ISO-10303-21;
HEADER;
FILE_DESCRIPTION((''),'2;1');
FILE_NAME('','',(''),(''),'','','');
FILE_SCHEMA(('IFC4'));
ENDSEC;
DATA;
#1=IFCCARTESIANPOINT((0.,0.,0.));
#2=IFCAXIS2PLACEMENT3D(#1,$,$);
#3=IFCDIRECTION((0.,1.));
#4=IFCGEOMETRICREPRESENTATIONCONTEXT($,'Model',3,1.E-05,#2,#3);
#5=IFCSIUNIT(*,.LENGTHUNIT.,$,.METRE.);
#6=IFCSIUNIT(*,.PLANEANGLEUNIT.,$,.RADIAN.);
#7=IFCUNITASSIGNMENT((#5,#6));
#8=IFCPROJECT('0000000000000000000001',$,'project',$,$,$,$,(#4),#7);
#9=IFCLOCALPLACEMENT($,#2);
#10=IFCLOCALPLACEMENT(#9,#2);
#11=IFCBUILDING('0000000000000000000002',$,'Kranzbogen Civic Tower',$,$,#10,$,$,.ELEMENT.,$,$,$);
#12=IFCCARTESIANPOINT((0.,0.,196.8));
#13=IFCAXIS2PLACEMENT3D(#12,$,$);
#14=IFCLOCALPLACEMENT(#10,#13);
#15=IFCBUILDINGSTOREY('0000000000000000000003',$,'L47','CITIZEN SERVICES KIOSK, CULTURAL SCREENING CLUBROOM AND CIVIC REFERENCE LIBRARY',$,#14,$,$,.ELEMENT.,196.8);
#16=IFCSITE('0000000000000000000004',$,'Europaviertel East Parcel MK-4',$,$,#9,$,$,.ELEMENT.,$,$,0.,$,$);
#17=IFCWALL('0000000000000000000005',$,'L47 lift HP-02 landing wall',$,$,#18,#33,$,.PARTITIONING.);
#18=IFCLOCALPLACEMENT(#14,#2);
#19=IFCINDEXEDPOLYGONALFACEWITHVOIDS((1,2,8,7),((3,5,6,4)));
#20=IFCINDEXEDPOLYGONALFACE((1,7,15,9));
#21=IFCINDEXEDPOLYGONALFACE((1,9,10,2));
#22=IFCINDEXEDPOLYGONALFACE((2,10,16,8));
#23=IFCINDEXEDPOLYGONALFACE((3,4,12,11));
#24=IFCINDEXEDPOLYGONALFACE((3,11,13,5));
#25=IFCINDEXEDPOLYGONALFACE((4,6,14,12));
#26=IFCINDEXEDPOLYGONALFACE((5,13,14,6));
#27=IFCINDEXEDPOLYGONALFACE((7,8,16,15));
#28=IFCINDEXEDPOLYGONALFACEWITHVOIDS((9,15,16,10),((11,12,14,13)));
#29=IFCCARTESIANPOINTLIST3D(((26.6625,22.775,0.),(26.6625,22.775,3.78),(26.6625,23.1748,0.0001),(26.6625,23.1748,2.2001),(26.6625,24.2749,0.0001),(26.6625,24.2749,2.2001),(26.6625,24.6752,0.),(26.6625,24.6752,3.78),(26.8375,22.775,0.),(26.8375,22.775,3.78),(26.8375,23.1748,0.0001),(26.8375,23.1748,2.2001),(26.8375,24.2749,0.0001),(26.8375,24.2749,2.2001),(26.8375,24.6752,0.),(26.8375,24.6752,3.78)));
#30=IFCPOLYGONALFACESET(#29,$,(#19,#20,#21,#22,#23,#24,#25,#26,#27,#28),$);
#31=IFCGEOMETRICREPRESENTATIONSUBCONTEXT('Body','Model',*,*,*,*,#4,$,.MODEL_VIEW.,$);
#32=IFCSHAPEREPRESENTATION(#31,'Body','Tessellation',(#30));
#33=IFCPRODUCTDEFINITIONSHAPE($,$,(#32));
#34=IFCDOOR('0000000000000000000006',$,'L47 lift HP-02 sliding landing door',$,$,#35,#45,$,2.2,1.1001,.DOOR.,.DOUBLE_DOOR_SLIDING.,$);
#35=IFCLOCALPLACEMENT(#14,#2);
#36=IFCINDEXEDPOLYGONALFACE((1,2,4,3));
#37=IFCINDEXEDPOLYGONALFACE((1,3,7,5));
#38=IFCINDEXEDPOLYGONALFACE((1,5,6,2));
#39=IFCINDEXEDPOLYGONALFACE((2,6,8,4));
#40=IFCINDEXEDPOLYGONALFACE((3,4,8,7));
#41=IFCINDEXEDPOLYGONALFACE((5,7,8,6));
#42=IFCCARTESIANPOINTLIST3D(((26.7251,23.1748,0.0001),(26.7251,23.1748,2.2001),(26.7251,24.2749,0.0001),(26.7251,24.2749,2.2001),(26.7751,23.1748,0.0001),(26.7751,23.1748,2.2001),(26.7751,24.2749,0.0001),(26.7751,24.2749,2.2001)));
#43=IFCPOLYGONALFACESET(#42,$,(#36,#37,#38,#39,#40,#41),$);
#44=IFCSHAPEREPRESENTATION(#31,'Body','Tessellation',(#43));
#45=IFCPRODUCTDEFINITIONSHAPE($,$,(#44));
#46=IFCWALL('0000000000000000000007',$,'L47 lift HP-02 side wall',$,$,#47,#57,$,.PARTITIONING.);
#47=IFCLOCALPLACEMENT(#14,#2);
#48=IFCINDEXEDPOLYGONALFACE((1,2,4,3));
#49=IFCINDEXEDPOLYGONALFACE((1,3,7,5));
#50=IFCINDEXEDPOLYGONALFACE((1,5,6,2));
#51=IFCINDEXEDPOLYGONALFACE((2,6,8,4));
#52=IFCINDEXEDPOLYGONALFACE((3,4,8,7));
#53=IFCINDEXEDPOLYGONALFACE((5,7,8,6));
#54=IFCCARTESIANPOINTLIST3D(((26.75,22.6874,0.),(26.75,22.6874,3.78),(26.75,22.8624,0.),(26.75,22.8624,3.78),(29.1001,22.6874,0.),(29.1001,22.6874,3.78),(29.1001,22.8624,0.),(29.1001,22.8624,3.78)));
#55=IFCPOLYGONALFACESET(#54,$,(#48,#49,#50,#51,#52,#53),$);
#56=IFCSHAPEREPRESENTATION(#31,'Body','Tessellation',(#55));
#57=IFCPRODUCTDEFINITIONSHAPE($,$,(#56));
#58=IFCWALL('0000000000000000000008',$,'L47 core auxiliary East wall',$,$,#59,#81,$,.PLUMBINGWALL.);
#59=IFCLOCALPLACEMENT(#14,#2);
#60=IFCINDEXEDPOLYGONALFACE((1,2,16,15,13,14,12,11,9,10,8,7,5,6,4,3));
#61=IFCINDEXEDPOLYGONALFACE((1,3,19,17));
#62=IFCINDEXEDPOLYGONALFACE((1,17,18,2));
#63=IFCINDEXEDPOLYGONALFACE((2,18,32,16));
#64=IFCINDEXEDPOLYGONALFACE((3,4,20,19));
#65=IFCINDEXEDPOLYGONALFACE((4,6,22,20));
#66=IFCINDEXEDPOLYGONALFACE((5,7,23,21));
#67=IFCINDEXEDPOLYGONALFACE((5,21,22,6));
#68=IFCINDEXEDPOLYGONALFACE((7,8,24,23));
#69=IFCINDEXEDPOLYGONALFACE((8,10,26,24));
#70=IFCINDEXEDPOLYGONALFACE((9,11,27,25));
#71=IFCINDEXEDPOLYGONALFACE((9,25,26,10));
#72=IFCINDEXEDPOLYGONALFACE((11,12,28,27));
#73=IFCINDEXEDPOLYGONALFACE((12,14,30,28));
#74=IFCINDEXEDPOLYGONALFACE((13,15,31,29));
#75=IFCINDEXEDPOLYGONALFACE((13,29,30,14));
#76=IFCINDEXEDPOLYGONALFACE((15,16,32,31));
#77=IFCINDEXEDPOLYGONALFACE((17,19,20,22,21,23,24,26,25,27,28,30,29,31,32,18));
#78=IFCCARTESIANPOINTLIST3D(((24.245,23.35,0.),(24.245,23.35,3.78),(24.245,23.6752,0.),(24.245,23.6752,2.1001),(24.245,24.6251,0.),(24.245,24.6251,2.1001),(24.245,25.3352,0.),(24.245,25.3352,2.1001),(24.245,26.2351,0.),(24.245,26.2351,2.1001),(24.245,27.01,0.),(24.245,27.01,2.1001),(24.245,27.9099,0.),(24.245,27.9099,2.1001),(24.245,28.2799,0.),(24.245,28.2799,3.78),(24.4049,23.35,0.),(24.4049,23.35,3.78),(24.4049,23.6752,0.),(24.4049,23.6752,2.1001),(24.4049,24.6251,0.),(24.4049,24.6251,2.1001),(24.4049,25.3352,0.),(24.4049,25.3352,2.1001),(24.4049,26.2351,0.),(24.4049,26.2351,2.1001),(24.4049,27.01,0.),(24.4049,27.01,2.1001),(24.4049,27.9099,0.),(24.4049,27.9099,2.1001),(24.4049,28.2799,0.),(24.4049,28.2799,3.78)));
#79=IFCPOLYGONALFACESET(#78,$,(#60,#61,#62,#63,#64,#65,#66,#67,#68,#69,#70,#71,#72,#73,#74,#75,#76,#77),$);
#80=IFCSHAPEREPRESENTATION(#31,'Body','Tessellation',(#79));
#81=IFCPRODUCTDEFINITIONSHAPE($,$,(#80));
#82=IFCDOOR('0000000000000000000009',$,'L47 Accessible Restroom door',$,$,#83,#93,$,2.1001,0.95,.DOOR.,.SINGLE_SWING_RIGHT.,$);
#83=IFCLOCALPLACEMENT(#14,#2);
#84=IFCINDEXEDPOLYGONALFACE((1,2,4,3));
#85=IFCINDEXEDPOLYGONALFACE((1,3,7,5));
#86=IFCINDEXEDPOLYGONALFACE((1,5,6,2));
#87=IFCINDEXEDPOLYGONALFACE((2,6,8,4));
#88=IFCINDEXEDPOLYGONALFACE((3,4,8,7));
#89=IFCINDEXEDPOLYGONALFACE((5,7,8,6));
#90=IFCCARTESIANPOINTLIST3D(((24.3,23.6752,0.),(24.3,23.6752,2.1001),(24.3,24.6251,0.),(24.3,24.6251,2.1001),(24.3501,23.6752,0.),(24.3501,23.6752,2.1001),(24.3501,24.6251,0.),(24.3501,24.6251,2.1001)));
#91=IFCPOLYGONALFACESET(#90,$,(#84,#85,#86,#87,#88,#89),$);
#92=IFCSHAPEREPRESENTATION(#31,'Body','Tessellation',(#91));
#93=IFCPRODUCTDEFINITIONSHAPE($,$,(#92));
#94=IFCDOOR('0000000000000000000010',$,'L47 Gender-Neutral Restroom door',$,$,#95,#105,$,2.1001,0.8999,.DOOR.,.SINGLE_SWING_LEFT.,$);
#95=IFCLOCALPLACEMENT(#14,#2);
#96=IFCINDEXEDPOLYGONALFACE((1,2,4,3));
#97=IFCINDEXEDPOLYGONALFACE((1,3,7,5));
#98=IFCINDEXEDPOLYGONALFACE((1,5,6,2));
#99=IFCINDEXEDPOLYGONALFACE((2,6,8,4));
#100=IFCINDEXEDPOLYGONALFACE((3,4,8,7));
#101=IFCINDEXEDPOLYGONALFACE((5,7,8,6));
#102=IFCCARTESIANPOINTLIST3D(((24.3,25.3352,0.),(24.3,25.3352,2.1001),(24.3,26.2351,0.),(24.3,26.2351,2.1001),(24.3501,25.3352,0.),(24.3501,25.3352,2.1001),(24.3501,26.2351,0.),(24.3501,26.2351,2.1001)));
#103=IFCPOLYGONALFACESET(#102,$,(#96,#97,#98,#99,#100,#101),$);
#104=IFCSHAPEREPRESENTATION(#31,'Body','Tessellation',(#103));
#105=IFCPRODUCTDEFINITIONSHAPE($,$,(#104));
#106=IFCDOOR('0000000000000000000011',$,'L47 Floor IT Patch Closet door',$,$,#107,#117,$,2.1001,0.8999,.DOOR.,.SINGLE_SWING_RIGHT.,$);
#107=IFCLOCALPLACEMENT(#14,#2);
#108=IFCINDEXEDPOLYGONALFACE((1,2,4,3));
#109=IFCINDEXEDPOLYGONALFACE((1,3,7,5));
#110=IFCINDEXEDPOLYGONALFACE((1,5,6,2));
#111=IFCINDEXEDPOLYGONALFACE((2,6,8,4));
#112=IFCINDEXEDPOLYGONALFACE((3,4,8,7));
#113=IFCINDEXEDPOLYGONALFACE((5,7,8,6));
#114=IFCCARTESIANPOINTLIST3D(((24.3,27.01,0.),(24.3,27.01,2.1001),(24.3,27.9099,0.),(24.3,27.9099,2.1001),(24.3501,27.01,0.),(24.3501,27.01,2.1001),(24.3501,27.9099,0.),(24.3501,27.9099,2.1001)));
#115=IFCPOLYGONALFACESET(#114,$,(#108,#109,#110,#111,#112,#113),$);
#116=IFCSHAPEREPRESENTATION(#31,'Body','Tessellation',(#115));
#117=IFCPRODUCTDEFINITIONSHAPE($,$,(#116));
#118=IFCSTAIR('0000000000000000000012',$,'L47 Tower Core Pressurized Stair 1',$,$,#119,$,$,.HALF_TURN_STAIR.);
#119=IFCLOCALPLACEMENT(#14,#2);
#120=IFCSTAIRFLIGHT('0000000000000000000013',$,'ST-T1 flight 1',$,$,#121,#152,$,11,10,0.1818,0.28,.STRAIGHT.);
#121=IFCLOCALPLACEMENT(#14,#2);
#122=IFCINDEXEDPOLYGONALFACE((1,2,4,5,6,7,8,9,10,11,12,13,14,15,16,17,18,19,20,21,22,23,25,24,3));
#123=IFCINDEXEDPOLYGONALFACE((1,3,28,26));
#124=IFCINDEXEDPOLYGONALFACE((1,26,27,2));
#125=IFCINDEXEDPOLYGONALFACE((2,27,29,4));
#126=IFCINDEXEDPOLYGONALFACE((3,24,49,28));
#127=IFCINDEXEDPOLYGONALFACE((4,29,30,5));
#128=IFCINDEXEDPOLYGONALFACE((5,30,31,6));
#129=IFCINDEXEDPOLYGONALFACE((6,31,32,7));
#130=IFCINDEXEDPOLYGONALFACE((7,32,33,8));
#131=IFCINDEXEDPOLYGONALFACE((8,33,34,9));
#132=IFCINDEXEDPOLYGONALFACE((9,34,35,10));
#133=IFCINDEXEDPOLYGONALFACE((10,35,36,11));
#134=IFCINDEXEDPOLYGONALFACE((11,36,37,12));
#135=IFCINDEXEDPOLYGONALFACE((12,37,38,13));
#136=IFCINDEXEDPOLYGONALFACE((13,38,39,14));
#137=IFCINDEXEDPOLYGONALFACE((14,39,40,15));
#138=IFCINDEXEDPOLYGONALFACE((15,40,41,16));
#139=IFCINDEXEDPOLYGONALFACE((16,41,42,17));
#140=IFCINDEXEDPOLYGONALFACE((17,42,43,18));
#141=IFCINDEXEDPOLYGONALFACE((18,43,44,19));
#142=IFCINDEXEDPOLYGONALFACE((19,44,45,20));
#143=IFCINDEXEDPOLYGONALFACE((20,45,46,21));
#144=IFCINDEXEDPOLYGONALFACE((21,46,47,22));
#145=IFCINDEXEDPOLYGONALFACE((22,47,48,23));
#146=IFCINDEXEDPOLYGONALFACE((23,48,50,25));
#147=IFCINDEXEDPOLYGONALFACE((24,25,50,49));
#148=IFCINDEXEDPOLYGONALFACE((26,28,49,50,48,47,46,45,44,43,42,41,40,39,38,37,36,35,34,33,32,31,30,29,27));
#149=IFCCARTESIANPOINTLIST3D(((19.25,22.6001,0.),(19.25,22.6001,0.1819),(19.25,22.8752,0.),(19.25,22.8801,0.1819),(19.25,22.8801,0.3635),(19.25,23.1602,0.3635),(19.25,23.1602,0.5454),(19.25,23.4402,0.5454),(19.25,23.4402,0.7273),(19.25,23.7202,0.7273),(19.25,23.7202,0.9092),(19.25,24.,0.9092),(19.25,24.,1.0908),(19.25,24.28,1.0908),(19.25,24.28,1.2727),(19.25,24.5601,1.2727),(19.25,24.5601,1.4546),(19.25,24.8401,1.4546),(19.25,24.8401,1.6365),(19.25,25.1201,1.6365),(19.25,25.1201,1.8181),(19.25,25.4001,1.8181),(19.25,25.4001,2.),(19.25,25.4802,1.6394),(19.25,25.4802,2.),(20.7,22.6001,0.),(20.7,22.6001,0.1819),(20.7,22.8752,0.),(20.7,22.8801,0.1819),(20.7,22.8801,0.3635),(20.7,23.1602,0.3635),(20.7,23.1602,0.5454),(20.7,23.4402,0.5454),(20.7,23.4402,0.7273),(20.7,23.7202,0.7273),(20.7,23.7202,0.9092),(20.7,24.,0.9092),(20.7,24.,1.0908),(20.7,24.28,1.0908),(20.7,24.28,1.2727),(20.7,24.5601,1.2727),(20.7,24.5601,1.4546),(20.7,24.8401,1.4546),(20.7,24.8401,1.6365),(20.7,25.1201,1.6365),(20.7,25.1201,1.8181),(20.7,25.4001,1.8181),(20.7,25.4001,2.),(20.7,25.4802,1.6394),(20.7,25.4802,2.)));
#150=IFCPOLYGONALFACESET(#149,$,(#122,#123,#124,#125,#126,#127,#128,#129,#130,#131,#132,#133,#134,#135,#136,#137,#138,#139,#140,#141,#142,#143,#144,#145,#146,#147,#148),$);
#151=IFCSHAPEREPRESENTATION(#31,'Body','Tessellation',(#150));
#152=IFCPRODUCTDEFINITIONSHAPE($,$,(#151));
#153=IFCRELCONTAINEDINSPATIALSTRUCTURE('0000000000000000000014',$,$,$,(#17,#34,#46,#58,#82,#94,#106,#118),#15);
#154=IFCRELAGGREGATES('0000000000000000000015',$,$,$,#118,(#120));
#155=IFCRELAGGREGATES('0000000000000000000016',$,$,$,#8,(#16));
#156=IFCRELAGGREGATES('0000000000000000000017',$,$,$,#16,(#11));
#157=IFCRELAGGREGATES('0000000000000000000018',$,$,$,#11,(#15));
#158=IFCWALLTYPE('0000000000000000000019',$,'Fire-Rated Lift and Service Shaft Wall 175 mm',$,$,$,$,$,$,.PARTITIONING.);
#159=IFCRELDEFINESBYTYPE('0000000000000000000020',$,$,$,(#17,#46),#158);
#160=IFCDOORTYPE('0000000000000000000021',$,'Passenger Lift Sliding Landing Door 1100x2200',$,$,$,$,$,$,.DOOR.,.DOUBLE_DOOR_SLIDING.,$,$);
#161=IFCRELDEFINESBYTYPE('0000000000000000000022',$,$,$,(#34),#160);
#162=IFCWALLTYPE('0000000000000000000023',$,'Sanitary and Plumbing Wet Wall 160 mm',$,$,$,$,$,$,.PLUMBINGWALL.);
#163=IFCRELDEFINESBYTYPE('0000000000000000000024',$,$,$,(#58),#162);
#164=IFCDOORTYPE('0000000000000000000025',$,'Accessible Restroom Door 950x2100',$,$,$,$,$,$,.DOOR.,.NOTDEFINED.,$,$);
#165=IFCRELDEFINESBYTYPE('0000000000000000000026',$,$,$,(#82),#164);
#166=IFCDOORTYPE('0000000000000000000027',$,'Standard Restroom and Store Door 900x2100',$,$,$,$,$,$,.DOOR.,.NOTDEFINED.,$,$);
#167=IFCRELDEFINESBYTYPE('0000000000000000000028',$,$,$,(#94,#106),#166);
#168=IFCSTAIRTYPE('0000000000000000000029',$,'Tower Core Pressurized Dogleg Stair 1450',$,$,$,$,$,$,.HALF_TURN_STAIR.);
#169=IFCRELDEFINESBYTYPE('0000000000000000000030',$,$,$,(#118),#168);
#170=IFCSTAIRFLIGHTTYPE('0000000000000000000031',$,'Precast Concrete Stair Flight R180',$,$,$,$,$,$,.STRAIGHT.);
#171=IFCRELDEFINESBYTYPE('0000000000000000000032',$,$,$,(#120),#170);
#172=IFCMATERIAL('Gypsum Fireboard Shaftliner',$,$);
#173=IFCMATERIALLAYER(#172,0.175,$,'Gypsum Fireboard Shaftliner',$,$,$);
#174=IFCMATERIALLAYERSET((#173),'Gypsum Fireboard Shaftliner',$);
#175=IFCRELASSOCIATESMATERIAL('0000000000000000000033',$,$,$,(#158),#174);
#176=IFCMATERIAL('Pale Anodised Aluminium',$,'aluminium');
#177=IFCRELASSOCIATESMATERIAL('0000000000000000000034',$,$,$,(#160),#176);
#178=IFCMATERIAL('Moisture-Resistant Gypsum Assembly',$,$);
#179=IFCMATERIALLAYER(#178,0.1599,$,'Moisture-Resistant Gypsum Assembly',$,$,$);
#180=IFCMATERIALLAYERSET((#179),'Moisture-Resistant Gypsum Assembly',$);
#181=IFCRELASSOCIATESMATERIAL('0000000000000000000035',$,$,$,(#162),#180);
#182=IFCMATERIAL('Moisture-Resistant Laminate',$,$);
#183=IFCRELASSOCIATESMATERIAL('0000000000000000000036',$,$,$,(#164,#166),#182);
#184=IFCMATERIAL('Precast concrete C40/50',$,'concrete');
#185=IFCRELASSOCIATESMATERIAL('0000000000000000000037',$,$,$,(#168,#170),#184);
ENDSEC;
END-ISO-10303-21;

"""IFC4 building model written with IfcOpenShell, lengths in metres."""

from ifc_helpers import new_model, si_unit, direction, frame, frame_2d, origin, place, context, subcontext, project, spatial, polyline, rectangle, outline, extrude, material, layer, layer_set, type_object, element, fill, aggregate, save


model = new_model("IFC4")

# Units and contexts
model_context = context("Model", 3, precision=1e-05, world=origin(), true_north=direction((0.0, 1.0)))
body_context = subcontext(model_context, "Body", "Model", "MODEL_VIEW")
ifc_project = project(units=[si_unit("LENGTHUNIT", "METRE"), si_unit("PLANEANGLEUNIT", "RADIAN")], contexts=[model_context])

# Site, building, storey
site_placement = place(None, origin())
site = spatial("IfcSite", under=ifc_project, at=site_placement, Name="Europaviertel East Parcel MK-4", CompositionType="ELEMENT", RefElevation=0.0)
building_placement = place(site_placement, origin())
building = spatial("IfcBuilding", under=site, at=building_placement, Name="Kranzbogen Civic Tower", CompositionType="ELEMENT")
storey_placement = place(building_placement, frame((0.0, 0.0, 196.8)))
storey = spatial("IfcBuildingStorey", under=building, at=storey_placement, Name="L47", Description="CITIZEN SERVICES KIOSK, CULTURAL SCREENING CLUBROOM AND CIVIC REFERENCE LIBRARY", CompositionType="ELEMENT", Elevation=196.8)

# Shared definitions
ifc_material_1 = material(Name="Gypsum Fireboard Shaftliner")
ifc_layer_1 = layer(ifc_material_1, 0.175, Name="Gypsum Fireboard Shaftliner")
ifc_layer_set_1 = layer_set([ifc_layer_1], Name="Gypsum Fireboard Shaftliner")
wall_type_1 = type_object("IfcWallType", Name="Fire-Rated Lift and Service Shaft Wall 175 mm", PredefinedType="PARTITIONING", material=ifc_layer_set_1)
ifc_material_2 = material(Name="Pale Anodised Aluminium", Category="aluminium")
door_type_1 = type_object("IfcDoorType", Name="Passenger Lift Sliding Landing Door 1100x2200", OperationType="DOUBLE_DOOR_SLIDING", PredefinedType="DOOR", material=ifc_material_2)

# Wall, opening, door
wall_1_placement = place(storey_placement, frame((26.75, 22.7749, 0.0), z_axis=(0.0, 0.0, 1.0), x_axis=(0.0, 1.0, 0.0)))
wall_1 = element("IfcWall", 1, at=wall_1_placement, inside=storey, type_object=wall_type_1, Name="L47 lift HP-02 landing wall", PredefinedType="PARTITIONING", context=body_context, shape_type="SweptSolid", body=[
    extrude(rectangle(XDim=1.9001, YDim=0.175, at=frame_2d((0.9502, 0.0))), origin(), (0.0, 0.0, 1.0), 3.78),
])
opening_1_placement = place(wall_1_placement, frame((0.3999, 0.0, 0.0)))
opening_1 = element("IfcOpeningElement", 2, at=opening_1_placement, cuts=wall_1, PredefinedType="OPENING", context=body_context, shape_type="SweptSolid", body=[
    extrude(rectangle(XDim=1.1001, YDim=2.2, at=frame_2d((0.55, 1.1001))), frame((0.0, 0.0977, 0.0), z_axis=(0.0, -1.0, 0.0), x_axis=(1.0, 0.0, 0.0)), (0.0, 0.0, 1.0), 0.1951),
])
door_1_placement = place(opening_1_placement, origin())
door_1 = element("IfcDoor", 3, at=door_1_placement, inside=storey, type_object=door_type_1, Name="L47 lift HP-02 sliding landing door", OperationType="DOUBLE_DOOR_SLIDING", OverallHeight=2.2, OverallWidth=1.1001, PredefinedType="DOOR", context=body_context, shape_type="SweptSolid", body=[
    extrude(rectangle(XDim=1.1001, YDim=2.2, at=frame_2d((0.55, 1.1001))), frame((0.0, 0.0249, 0.0), z_axis=(0.0, -1.0, 0.0), x_axis=(1.0, 0.0, 0.0)), (0.0, 0.0, 1.0), 0.05),
])
fill(opening_1, door_1)

# Wall
wall_2_placement = place(storey_placement, frame((26.75, 22.7749, 0.0), z_axis=(0.0, 0.0, 1.0), x_axis=(1.0, 0.0, 0.0)))
element("IfcWall", 4, at=wall_2_placement, inside=storey, type_object=wall_type_1, Name="L47 lift HP-02 side wall", PredefinedType="PARTITIONING", context=body_context, shape_type="SweptSolid", body=[
    extrude(rectangle(XDim=2.3501, YDim=0.175, at=frame_2d((1.175, 0.0))), origin(), (0.0, 0.0, 1.0), 3.78),
])

# Wall, openings, doors
ifc_material_3 = material(Name="Moisture-Resistant Gypsum Assembly")
ifc_layer_2 = layer(ifc_material_3, 0.1599, Name="Moisture-Resistant Gypsum Assembly")
ifc_layer_set_2 = layer_set([ifc_layer_2], Name="Moisture-Resistant Gypsum Assembly")
wall_type_2 = type_object("IfcWallType", Name="Sanitary and Plumbing Wet Wall 160 mm", PredefinedType="PLUMBINGWALL", material=ifc_layer_set_2)
wall_3_placement = place(storey_placement, frame((24.325, 23.3501, 0.0), z_axis=(0.0, 0.0, 1.0), x_axis=(0.0, 1.0, 0.0)))
wall_3 = element("IfcWall", 5, at=wall_3_placement, inside=storey, type_object=wall_type_2, Name="L47 core auxiliary East wall", PredefinedType="PLUMBINGWALL", context=body_context, shape_type="SweptSolid", body=[
    extrude(rectangle(XDim=4.9299, YDim=0.1599, at=frame_2d((2.4648, 0.0))), origin(), (0.0, 0.0, 1.0), 3.78),
])
opening_2_placement = place(wall_3_placement, frame((0.325, 0.0, 0.0)))
opening_2 = element("IfcOpeningElement", 6, at=opening_2_placement, cuts=wall_3, PredefinedType="OPENING", context=body_context, shape_type="SweptSolid", body=[
    extrude(rectangle(XDim=0.95, YDim=2.1001, at=frame_2d((0.4751, 1.05))), frame((0.0, 0.0898, 0.0), z_axis=(0.0, -1.0, 0.0), x_axis=(1.0, 0.0, 0.0)), (0.0, 0.0, 1.0), 0.1799),
])
opening_3_placement = place(wall_3_placement, frame((1.9851, 0.0, 0.0)))
opening_3 = element("IfcOpeningElement", 7, at=opening_3_placement, cuts=wall_3, PredefinedType="OPENING", context=body_context, shape_type="SweptSolid", body=[
    extrude(rectangle(XDim=0.8999, YDim=2.1001, at=frame_2d((0.45, 1.05))), frame((0.0, 0.0898, 0.0), z_axis=(0.0, -1.0, 0.0), x_axis=(1.0, 0.0, 0.0)), (0.0, 0.0, 1.0), 0.1799),
])
opening_4_placement = place(wall_3_placement, frame((3.6599, 0.0, 0.0)))
opening_4 = element("IfcOpeningElement", 8, at=opening_4_placement, cuts=wall_3, PredefinedType="OPENING", context=body_context, shape_type="SweptSolid", body=[
    extrude(rectangle(XDim=0.8999, YDim=2.1001, at=frame_2d((0.45, 1.05))), frame((0.0, 0.0898, 0.0), z_axis=(0.0, -1.0, 0.0), x_axis=(1.0, 0.0, 0.0)), (0.0, 0.0, 1.0), 0.1799),
])
ifc_material_4 = material(Name="Moisture-Resistant Laminate")
door_type_2 = type_object("IfcDoorType", Name="Accessible Restroom Door 950x2100", OperationType="NOTDEFINED", PredefinedType="DOOR", material=ifc_material_4)
door_2_placement = place(opening_2_placement, origin())
door_2 = element("IfcDoor", 9, at=door_2_placement, inside=storey, type_object=door_type_2, Name="L47 Accessible Restroom door", OperationType="SINGLE_SWING_RIGHT", OverallHeight=2.1001, OverallWidth=0.95, PredefinedType="DOOR", context=body_context, shape_type="SweptSolid", body=[
    extrude(rectangle(XDim=0.95, YDim=2.1001, at=frame_2d((0.4751, 1.05))), frame((0.0, 0.0249, 0.0), z_axis=(0.0, -1.0, 0.0), x_axis=(1.0, 0.0, 0.0)), (0.0, 0.0, 1.0), 0.05),
])
fill(opening_2, door_2)
door_type_3 = type_object("IfcDoorType", Name="Standard Restroom and Store Door 900x2100", OperationType="NOTDEFINED", PredefinedType="DOOR", material=ifc_material_4)
door_3_placement = place(opening_3_placement, origin())
door_3 = element("IfcDoor", 10, at=door_3_placement, inside=storey, type_object=door_type_3, Name="L47 Gender-Neutral Restroom door", OperationType="SINGLE_SWING_LEFT", OverallHeight=2.1001, OverallWidth=0.8999, PredefinedType="DOOR", context=body_context, shape_type="SweptSolid", body=[
    extrude(rectangle(XDim=0.8999, YDim=2.1001, at=frame_2d((0.45, 1.05))), frame((0.0, 0.0249, 0.0), z_axis=(0.0, -1.0, 0.0), x_axis=(1.0, 0.0, 0.0)), (0.0, 0.0, 1.0), 0.05),
])
fill(opening_3, door_3)
door_4_placement = place(opening_4_placement, origin())
door_4 = element("IfcDoor", 11, at=door_4_placement, inside=storey, type_object=door_type_3, Name="L47 Floor IT Patch Closet door", OperationType="SINGLE_SWING_RIGHT", OverallHeight=2.1001, OverallWidth=0.8999, PredefinedType="DOOR", context=body_context, shape_type="SweptSolid", body=[
    extrude(rectangle(XDim=0.8999, YDim=2.1001, at=frame_2d((0.45, 1.05))), frame((0.0, 0.0249, 0.0), z_axis=(0.0, -1.0, 0.0), x_axis=(1.0, 0.0, 0.0)), (0.0, 0.0, 1.0), 0.05),
])
fill(opening_4, door_4)

# Stair, stair flight
ifc_material_5 = material(Name="Precast concrete C40/50", Category="concrete")
stair_type = type_object("IfcStairType", Name="Tower Core Pressurized Dogleg Stair 1450", PredefinedType="HALF_TURN_STAIR", material=ifc_material_5)
stair_placement = place(storey_placement, origin())
stair = element("IfcStair", 12, at=stair_placement, inside=storey, type_object=stair_type, Name="L47 Tower Core Pressurized Stair 1", PredefinedType="HALF_TURN_STAIR")
stair_flight_type = type_object("IfcStairFlightType", Name="Precast Concrete Stair Flight R180", PredefinedType="STRAIGHT", material=ifc_material_5)
stair_flight_placement = place(storey_placement, frame((19.9751, 22.6001, 0.0), z_axis=(0.0, 0.0, 1.0), x_axis=(0.0, 1.0, 0.0)))
stair_flight = element("IfcStairFlight", 13, at=stair_flight_placement, type_object=stair_flight_type, Name="ST-T1 flight 1", NumberOfRisers=11, NumberOfTreads=10, PredefinedType="STRAIGHT", RiserHeight=0.1818, TreadLength=0.28, context=body_context, shape_type="SweptSolid", body=[
    extrude(outline(polyline([(0.0, 0.0), (0.0, 0.1819), (0.28, 0.1819), (0.28, 0.3635), (0.5601, 0.3635), (0.5601, 0.5454), (0.8401, 0.5454), (0.8401, 0.7273), (1.1201, 0.7273), (1.1201, 0.9092), (1.3999, 0.9092), (1.3999, 1.0908), (1.6799, 1.0908), (1.6799, 1.2727), (1.96, 1.2727), (1.96, 1.4546), (2.24, 1.4546), (2.24, 1.6365), (2.52, 1.6365), (2.52, 1.8181), (2.8, 1.8181), (2.8, 2.0), (2.8801, 2.0), (2.8801, 1.6394), (0.2751, 0.0), (0.0, 0.0)])), frame((0.0, 0.7251, 0.0), z_axis=(0.0, -1.0, 0.0), x_axis=(1.0, 0.0, 0.0)), (0.0, 0.0, 1.0), 1.45),
])
aggregate(stair, [stair_flight])

save(model, "model.ifc")
